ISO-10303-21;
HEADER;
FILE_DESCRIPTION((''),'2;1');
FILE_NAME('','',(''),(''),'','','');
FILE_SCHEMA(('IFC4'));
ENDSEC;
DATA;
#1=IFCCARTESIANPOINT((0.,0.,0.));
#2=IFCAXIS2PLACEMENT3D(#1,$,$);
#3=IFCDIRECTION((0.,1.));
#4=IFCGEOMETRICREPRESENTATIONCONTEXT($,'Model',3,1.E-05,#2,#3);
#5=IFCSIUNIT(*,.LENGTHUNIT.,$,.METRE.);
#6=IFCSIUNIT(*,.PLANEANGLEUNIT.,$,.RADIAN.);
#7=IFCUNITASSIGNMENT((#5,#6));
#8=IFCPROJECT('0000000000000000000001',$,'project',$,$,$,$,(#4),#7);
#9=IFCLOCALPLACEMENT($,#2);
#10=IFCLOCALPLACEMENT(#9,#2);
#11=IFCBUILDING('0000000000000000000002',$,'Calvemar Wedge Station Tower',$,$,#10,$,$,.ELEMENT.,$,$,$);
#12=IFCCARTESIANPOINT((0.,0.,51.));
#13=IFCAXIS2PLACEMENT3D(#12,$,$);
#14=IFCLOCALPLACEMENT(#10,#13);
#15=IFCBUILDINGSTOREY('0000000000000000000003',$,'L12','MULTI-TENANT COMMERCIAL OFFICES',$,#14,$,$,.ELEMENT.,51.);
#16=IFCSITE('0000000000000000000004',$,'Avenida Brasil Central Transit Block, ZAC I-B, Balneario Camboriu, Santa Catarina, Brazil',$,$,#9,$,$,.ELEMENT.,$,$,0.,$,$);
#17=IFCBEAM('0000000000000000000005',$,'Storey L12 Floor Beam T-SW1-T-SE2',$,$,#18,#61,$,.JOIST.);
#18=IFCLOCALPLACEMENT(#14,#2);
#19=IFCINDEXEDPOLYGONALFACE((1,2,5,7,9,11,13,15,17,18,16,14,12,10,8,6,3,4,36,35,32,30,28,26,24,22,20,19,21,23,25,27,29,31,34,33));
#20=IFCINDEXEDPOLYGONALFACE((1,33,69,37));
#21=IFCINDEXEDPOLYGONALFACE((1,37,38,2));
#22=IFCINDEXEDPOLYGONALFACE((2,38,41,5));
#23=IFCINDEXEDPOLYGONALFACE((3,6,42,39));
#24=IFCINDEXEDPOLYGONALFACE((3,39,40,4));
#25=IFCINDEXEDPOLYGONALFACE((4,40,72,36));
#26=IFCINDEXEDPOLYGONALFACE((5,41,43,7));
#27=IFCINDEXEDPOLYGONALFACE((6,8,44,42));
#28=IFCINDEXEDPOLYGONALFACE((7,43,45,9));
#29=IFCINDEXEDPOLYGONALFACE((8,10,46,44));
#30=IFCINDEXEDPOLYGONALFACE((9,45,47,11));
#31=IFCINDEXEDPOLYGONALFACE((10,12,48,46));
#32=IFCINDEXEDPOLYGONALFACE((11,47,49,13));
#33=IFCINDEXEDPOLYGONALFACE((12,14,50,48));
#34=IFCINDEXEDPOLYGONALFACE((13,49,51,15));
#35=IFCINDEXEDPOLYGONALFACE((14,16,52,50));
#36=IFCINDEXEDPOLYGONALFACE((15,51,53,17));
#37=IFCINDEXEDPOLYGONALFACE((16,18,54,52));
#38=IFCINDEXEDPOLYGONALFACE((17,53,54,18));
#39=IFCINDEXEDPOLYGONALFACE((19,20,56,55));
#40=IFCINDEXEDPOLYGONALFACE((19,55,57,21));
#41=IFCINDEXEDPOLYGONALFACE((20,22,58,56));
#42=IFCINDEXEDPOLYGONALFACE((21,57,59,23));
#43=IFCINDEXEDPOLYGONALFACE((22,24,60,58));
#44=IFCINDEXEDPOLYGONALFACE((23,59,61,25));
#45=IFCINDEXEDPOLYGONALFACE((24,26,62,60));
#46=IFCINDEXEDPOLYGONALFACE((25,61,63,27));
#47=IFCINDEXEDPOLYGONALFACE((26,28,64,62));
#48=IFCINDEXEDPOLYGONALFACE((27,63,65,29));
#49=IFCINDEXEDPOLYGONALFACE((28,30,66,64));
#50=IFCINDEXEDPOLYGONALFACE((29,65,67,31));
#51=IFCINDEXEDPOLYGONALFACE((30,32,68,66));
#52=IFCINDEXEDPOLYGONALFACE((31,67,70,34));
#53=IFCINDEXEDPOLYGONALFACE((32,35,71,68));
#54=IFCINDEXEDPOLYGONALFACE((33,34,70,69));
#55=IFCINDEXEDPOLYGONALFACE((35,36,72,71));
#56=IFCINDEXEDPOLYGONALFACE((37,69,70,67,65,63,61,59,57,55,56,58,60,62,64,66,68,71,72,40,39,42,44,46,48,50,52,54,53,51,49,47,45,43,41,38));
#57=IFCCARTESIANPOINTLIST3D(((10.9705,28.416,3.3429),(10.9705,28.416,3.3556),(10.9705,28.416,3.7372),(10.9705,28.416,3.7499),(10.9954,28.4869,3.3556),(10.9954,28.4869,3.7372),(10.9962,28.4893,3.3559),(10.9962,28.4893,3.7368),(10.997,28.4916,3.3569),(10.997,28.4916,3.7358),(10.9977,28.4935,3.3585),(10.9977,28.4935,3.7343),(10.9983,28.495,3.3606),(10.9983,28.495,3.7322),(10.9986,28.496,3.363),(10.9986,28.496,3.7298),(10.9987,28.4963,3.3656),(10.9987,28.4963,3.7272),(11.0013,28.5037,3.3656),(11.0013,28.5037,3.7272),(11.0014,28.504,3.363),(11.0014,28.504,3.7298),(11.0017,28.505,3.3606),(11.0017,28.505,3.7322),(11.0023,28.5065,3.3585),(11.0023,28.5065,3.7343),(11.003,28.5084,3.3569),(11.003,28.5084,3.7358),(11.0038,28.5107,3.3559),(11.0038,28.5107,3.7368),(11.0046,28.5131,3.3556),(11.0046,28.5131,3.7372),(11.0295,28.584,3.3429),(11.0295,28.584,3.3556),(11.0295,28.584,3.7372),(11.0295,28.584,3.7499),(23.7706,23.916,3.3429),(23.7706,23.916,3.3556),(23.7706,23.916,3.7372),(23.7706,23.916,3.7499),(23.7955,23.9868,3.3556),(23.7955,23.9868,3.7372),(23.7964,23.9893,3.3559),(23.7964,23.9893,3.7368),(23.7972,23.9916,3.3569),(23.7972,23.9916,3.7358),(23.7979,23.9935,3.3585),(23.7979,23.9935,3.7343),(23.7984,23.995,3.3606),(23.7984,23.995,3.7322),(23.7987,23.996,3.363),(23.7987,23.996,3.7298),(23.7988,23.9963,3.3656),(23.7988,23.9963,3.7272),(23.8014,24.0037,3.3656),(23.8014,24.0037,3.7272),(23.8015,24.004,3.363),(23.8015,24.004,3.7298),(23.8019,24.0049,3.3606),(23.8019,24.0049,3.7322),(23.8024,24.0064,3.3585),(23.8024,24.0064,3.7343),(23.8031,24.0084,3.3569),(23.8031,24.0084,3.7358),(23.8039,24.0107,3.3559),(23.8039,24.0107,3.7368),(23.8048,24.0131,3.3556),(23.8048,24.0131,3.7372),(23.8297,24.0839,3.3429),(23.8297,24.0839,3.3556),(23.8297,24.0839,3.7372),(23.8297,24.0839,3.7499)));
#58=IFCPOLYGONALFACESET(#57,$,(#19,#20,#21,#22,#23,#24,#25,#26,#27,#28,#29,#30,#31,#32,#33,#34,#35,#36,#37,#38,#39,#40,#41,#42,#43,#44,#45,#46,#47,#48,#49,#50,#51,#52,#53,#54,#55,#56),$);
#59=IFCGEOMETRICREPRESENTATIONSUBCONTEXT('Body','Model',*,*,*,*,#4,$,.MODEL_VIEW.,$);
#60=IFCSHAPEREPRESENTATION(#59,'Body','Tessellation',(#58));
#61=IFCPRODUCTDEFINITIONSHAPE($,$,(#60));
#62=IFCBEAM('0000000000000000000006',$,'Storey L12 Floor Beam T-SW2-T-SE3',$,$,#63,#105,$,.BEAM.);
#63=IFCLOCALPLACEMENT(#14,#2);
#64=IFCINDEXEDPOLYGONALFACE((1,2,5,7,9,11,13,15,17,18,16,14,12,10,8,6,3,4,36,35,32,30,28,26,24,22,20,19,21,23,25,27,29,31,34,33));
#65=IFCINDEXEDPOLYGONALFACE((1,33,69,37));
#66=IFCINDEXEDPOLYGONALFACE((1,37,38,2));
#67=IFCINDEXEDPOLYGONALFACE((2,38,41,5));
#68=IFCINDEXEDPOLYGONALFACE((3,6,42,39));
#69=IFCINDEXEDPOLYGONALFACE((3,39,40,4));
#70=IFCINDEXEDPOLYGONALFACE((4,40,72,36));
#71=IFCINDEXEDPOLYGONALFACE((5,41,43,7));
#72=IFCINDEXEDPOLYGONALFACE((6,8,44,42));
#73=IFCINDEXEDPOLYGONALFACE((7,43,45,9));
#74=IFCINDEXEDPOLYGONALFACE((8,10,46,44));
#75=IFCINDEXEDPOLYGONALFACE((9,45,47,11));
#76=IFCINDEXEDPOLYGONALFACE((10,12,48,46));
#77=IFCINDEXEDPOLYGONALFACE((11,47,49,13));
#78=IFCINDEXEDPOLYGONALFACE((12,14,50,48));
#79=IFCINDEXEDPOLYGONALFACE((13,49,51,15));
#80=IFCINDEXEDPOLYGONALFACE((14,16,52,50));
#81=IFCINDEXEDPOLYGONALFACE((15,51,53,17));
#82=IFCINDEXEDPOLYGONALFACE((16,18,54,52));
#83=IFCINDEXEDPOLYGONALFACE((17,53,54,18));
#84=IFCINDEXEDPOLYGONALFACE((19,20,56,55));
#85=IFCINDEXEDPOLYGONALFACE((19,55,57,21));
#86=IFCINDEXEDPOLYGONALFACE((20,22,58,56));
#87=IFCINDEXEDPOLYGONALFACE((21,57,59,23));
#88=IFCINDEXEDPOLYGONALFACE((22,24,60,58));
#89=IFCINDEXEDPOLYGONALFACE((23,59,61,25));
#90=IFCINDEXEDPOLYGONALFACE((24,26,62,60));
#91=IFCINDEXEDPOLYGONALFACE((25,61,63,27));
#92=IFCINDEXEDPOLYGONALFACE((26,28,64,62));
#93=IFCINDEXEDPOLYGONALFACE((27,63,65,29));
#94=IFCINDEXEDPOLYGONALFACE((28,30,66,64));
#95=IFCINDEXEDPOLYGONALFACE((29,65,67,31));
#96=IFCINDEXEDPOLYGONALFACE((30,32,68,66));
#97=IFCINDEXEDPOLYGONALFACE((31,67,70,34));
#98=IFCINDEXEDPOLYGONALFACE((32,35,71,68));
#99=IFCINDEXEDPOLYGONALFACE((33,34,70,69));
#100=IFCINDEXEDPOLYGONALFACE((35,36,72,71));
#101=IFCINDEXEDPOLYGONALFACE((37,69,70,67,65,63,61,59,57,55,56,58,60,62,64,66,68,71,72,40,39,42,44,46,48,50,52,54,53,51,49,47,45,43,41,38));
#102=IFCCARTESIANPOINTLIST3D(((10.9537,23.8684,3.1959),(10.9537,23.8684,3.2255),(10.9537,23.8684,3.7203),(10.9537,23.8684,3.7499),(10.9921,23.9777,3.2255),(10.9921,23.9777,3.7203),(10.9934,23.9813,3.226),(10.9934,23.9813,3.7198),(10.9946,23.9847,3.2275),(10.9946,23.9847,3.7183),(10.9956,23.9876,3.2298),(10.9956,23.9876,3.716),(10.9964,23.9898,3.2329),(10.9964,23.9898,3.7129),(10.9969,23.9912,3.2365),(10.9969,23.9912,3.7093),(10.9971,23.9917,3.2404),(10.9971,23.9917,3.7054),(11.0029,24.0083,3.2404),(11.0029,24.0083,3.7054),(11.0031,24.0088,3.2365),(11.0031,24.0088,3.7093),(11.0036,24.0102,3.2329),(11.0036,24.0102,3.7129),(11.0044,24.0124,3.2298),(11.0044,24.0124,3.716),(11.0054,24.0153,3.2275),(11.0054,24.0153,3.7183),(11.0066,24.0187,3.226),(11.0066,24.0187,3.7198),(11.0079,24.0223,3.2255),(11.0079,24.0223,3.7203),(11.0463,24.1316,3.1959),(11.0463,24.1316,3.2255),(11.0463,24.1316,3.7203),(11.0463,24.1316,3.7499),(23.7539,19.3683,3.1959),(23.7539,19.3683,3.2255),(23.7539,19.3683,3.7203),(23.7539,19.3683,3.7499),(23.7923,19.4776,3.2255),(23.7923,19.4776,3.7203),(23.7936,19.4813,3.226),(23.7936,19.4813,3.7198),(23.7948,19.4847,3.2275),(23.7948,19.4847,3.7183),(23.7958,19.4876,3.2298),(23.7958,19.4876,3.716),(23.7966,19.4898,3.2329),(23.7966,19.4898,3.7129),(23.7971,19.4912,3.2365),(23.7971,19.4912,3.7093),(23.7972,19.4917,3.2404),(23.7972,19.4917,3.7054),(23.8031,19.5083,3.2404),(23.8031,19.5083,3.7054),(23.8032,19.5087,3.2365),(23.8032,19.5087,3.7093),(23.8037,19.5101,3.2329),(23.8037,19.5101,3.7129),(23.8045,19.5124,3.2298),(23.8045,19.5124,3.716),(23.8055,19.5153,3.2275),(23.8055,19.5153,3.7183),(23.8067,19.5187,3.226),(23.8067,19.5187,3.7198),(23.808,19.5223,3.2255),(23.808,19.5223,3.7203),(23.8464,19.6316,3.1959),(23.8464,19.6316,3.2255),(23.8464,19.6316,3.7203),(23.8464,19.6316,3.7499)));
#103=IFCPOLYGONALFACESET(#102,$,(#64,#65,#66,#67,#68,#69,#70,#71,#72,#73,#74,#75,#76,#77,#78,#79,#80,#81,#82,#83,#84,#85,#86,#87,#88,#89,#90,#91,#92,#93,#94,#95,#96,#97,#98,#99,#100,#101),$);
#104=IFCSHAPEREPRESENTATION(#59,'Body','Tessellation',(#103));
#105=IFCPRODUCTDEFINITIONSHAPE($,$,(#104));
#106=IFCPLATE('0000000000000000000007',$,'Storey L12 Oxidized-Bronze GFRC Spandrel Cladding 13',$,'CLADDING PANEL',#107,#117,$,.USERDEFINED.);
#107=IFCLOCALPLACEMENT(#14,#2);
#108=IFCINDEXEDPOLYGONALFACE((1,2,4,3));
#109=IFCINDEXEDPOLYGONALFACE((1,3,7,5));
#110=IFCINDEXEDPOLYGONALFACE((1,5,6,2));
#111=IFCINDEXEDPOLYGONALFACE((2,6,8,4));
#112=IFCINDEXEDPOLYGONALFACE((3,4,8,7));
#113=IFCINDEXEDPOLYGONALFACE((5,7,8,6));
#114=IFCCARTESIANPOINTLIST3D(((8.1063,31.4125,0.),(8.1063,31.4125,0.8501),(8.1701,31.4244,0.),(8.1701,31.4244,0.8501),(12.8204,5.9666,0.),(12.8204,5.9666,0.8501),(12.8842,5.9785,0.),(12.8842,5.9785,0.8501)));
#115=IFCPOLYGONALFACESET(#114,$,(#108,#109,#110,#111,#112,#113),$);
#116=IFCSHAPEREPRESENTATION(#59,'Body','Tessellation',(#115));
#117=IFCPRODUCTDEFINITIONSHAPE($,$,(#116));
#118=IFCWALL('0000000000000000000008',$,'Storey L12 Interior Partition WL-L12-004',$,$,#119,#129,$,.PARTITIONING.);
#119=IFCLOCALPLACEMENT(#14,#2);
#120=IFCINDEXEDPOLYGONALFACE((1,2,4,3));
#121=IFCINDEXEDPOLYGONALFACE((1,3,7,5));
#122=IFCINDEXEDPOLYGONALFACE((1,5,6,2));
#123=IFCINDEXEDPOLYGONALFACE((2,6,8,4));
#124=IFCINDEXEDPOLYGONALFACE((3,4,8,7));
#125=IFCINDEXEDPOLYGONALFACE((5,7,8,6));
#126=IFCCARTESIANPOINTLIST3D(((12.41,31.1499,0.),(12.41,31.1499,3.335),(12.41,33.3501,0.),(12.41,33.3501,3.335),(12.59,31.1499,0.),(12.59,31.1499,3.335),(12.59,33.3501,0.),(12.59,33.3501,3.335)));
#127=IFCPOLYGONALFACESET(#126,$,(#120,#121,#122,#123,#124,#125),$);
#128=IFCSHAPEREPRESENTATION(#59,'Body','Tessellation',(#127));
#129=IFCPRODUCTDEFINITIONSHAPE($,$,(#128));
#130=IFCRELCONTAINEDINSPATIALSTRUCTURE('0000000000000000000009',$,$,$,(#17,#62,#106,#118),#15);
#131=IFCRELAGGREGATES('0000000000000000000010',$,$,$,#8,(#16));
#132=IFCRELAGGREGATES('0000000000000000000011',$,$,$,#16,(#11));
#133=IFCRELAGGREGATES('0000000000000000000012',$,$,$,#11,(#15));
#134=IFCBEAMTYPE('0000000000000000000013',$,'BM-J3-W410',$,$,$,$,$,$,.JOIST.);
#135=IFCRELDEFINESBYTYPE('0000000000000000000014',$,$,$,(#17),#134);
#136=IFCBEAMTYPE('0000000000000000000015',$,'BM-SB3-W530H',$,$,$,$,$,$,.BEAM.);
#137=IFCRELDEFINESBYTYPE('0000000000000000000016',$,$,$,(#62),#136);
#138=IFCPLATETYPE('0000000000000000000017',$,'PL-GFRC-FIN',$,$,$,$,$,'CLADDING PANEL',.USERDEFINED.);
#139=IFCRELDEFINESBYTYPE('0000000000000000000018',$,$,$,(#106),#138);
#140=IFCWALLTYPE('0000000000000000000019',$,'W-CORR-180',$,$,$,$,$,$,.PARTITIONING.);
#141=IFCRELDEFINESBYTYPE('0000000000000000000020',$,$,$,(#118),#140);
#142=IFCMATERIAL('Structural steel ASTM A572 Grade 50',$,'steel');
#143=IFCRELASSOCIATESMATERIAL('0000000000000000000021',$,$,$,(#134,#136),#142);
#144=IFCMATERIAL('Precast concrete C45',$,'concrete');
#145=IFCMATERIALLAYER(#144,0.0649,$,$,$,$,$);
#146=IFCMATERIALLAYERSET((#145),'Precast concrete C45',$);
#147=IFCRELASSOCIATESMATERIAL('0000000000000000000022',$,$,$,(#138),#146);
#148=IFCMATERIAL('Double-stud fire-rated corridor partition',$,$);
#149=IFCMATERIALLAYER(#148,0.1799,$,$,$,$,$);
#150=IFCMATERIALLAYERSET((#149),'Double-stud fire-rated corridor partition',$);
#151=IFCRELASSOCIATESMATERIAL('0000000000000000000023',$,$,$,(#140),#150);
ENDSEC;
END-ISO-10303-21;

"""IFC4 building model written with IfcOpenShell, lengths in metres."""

from ifc_helpers import new_model, si_unit, direction, frame, frame_2d, origin, origin_2d, place, context, subcontext, project, spatial, rectangle, i_section, extrude, source, transform, mapped, material, layer, layer_set, material_profile, profile_set, type_object, element, save


model = new_model("IFC4")

# Units and contexts
model_context = context("Model", 3, precision=1e-05, world=origin(), true_north=direction((0.0, 1.0)))
body_context = subcontext(model_context, "Body", "Model", "MODEL_VIEW")
ifc_project = project(units=[si_unit("LENGTHUNIT", "METRE"), si_unit("PLANEANGLEUNIT", "RADIAN")], contexts=[model_context])

# Site, building, storey
site_placement = place(None, origin())
site = spatial("IfcSite", under=ifc_project, at=site_placement, Name="Avenida Brasil Central Transit Block, ZAC I-B, Balneario Camboriu, Santa Catarina, Brazil", CompositionType="ELEMENT", RefElevation=0.0)
building_placement = place(site_placement, origin())
building = spatial("IfcBuilding", under=site, at=building_placement, Name="Calvemar Wedge Station Tower", CompositionType="ELEMENT")
storey_placement = place(building_placement, frame((0.0, 0.0, 51.0)))
storey = spatial("IfcBuildingStorey", under=building, at=storey_placement, Name="L12", Description="MULTI-TENANT COMMERCIAL OFFICES", CompositionType="ELEMENT", Elevation=51.0)

# Beams
ifc_material_1 = material(Name="Structural steel ASTM A572 Grade 50", Category="steel")
ifc_material_profile_1 = material_profile(ifc_material_1, i_section(OverallWidth=0.178, OverallDepth=0.407, WebThickness=0.0078, FlangeThickness=0.0127, FilletRadius=0.01, at=origin_2d()), Name="W410x60")
ifc_profile_set_1 = profile_set([ifc_material_profile_1], Name="Structural steel ASTM A572 Grade 50")
beam_type_1 = type_object("IfcBeamType", Name="BM-J3-W410", PredefinedType="JOIST", material=ifc_profile_set_1)
shared_shape_1 = source(origin(), body_context, "Body", "SweptSolid", [
    extrude(i_section(OverallWidth=0.178, OverallDepth=0.407, WebThickness=0.0078, FlangeThickness=0.0127, FilletRadius=0.01, at=origin_2d()), origin(), (0.0, 0.0, 1.0), 13.5681),
])
beam_1_placement = place(storey_placement, frame((11.0, 28.5, 3.5464), z_axis=(0.943398, -0.331662, 0.0), x_axis=(0.331662, 0.943398, 0.0)))
element("IfcBeam", 1, at=beam_1_placement, inside=storey, type_object=beam_type_1, Name="Storey L12 Floor Beam T-SW1-T-SE2", PredefinedType="JOIST", context=body_context, shape_type="MappedRepresentation", body=[
    mapped(shared_shape_1, transform((0.0, 0.0, 0.0), scale=1.0)),
])
ifc_material_profile_2 = material_profile(ifc_material_1, i_section(OverallWidth=0.2791, OverallDepth=0.554, WebThickness=0.0176, FlangeThickness=0.0295, FilletRadius=0.0149, at=origin_2d()), Name="W530x196")
ifc_profile_set_2 = profile_set([ifc_material_profile_2], Name="Structural steel ASTM A572 Grade 50")
beam_type_2 = type_object("IfcBeamType", Name="BM-SB3-W530H", PredefinedType="BEAM", material=ifc_profile_set_2)
shared_shape_2 = source(origin(), body_context, "Body", "SweptSolid", [
    extrude(i_section(OverallWidth=0.2791, OverallDepth=0.554, WebThickness=0.0176, FlangeThickness=0.0295, FilletRadius=0.0149, at=origin_2d()), origin(), (0.0, 0.0, 1.0), 13.5681),
])
beam_2_placement = place(storey_placement, frame((11.0, 24.0, 3.4729), z_axis=(0.943398, -0.331662, 0.0), x_axis=(0.331662, 0.943398, 0.0)))
element("IfcBeam", 2, at=beam_2_placement, inside=storey, type_object=beam_type_2, Name="Storey L12 Floor Beam T-SW2-T-SE3", PredefinedType="BEAM", context=body_context, shape_type="MappedRepresentation", body=[
    mapped(shared_shape_2, transform((0.0, 0.0, 0.0), scale=1.0)),
])

# Plate
ifc_material_2 = material(Name="Precast concrete C45", Category="concrete")
ifc_layer_1 = layer(ifc_material_2, 0.0649)
ifc_layer_set_1 = layer_set([ifc_layer_1], Name="Precast concrete C45")
plate_type = type_object("IfcPlateType", Name="PL-GFRC-FIN", ElementType="CLADDING PANEL", PredefinedType="USERDEFINED", material=ifc_layer_set_1)
plate_placement = place(storey_placement, frame((8.1382, 31.4185, 0.0), z_axis=(0.0, 0.0, 1.0), x_axis=(0.182161, -0.983269, 0.0)))
element("IfcPlate", 3, at=plate_placement, inside=storey, type_object=plate_type, Name="Storey L12 Oxidized-Bronze GFRC Spandrel Cladding 13", ObjectType="CLADDING PANEL", PredefinedType="USERDEFINED", context=body_context, shape_type="SweptSolid", body=[
    extrude(rectangle(XDim=25.8789, YDim=0.0649, at=frame_2d((12.9395, 0.0))), origin(), (0.0, 0.0, 1.0), 0.8501),
])

# Wall
ifc_material_3 = material(Name="Double-stud fire-rated corridor partition")
ifc_layer_2 = layer(ifc_material_3, 0.1799)
ifc_layer_set_2 = layer_set([ifc_layer_2], Name="Double-stud fire-rated corridor partition")
wall_type_1 = type_object("IfcWallType", Name="W-CORR-180", PredefinedType="PARTITIONING", material=ifc_layer_set_2)
wall_1_placement = place(storey_placement, frame((12.5, 31.1499, 0.0), z_axis=(0.0, 0.0, 1.0), x_axis=(0.0, 1.0, 0.0)))
element("IfcWall", 4, at=wall_1_placement, inside=storey, type_object=wall_type_1, Name="Storey L12 Interior Partition WL-L12-004", PredefinedType="PARTITIONING", context=body_context, shape_type="SweptSolid", body=[
    extrude(rectangle(XDim=2.2002, YDim=0.1799, at=frame_2d((1.1001, 0.0))), origin(), (0.0, 0.0, 1.0), 3.335),
])

save(model, "model.ifc")
